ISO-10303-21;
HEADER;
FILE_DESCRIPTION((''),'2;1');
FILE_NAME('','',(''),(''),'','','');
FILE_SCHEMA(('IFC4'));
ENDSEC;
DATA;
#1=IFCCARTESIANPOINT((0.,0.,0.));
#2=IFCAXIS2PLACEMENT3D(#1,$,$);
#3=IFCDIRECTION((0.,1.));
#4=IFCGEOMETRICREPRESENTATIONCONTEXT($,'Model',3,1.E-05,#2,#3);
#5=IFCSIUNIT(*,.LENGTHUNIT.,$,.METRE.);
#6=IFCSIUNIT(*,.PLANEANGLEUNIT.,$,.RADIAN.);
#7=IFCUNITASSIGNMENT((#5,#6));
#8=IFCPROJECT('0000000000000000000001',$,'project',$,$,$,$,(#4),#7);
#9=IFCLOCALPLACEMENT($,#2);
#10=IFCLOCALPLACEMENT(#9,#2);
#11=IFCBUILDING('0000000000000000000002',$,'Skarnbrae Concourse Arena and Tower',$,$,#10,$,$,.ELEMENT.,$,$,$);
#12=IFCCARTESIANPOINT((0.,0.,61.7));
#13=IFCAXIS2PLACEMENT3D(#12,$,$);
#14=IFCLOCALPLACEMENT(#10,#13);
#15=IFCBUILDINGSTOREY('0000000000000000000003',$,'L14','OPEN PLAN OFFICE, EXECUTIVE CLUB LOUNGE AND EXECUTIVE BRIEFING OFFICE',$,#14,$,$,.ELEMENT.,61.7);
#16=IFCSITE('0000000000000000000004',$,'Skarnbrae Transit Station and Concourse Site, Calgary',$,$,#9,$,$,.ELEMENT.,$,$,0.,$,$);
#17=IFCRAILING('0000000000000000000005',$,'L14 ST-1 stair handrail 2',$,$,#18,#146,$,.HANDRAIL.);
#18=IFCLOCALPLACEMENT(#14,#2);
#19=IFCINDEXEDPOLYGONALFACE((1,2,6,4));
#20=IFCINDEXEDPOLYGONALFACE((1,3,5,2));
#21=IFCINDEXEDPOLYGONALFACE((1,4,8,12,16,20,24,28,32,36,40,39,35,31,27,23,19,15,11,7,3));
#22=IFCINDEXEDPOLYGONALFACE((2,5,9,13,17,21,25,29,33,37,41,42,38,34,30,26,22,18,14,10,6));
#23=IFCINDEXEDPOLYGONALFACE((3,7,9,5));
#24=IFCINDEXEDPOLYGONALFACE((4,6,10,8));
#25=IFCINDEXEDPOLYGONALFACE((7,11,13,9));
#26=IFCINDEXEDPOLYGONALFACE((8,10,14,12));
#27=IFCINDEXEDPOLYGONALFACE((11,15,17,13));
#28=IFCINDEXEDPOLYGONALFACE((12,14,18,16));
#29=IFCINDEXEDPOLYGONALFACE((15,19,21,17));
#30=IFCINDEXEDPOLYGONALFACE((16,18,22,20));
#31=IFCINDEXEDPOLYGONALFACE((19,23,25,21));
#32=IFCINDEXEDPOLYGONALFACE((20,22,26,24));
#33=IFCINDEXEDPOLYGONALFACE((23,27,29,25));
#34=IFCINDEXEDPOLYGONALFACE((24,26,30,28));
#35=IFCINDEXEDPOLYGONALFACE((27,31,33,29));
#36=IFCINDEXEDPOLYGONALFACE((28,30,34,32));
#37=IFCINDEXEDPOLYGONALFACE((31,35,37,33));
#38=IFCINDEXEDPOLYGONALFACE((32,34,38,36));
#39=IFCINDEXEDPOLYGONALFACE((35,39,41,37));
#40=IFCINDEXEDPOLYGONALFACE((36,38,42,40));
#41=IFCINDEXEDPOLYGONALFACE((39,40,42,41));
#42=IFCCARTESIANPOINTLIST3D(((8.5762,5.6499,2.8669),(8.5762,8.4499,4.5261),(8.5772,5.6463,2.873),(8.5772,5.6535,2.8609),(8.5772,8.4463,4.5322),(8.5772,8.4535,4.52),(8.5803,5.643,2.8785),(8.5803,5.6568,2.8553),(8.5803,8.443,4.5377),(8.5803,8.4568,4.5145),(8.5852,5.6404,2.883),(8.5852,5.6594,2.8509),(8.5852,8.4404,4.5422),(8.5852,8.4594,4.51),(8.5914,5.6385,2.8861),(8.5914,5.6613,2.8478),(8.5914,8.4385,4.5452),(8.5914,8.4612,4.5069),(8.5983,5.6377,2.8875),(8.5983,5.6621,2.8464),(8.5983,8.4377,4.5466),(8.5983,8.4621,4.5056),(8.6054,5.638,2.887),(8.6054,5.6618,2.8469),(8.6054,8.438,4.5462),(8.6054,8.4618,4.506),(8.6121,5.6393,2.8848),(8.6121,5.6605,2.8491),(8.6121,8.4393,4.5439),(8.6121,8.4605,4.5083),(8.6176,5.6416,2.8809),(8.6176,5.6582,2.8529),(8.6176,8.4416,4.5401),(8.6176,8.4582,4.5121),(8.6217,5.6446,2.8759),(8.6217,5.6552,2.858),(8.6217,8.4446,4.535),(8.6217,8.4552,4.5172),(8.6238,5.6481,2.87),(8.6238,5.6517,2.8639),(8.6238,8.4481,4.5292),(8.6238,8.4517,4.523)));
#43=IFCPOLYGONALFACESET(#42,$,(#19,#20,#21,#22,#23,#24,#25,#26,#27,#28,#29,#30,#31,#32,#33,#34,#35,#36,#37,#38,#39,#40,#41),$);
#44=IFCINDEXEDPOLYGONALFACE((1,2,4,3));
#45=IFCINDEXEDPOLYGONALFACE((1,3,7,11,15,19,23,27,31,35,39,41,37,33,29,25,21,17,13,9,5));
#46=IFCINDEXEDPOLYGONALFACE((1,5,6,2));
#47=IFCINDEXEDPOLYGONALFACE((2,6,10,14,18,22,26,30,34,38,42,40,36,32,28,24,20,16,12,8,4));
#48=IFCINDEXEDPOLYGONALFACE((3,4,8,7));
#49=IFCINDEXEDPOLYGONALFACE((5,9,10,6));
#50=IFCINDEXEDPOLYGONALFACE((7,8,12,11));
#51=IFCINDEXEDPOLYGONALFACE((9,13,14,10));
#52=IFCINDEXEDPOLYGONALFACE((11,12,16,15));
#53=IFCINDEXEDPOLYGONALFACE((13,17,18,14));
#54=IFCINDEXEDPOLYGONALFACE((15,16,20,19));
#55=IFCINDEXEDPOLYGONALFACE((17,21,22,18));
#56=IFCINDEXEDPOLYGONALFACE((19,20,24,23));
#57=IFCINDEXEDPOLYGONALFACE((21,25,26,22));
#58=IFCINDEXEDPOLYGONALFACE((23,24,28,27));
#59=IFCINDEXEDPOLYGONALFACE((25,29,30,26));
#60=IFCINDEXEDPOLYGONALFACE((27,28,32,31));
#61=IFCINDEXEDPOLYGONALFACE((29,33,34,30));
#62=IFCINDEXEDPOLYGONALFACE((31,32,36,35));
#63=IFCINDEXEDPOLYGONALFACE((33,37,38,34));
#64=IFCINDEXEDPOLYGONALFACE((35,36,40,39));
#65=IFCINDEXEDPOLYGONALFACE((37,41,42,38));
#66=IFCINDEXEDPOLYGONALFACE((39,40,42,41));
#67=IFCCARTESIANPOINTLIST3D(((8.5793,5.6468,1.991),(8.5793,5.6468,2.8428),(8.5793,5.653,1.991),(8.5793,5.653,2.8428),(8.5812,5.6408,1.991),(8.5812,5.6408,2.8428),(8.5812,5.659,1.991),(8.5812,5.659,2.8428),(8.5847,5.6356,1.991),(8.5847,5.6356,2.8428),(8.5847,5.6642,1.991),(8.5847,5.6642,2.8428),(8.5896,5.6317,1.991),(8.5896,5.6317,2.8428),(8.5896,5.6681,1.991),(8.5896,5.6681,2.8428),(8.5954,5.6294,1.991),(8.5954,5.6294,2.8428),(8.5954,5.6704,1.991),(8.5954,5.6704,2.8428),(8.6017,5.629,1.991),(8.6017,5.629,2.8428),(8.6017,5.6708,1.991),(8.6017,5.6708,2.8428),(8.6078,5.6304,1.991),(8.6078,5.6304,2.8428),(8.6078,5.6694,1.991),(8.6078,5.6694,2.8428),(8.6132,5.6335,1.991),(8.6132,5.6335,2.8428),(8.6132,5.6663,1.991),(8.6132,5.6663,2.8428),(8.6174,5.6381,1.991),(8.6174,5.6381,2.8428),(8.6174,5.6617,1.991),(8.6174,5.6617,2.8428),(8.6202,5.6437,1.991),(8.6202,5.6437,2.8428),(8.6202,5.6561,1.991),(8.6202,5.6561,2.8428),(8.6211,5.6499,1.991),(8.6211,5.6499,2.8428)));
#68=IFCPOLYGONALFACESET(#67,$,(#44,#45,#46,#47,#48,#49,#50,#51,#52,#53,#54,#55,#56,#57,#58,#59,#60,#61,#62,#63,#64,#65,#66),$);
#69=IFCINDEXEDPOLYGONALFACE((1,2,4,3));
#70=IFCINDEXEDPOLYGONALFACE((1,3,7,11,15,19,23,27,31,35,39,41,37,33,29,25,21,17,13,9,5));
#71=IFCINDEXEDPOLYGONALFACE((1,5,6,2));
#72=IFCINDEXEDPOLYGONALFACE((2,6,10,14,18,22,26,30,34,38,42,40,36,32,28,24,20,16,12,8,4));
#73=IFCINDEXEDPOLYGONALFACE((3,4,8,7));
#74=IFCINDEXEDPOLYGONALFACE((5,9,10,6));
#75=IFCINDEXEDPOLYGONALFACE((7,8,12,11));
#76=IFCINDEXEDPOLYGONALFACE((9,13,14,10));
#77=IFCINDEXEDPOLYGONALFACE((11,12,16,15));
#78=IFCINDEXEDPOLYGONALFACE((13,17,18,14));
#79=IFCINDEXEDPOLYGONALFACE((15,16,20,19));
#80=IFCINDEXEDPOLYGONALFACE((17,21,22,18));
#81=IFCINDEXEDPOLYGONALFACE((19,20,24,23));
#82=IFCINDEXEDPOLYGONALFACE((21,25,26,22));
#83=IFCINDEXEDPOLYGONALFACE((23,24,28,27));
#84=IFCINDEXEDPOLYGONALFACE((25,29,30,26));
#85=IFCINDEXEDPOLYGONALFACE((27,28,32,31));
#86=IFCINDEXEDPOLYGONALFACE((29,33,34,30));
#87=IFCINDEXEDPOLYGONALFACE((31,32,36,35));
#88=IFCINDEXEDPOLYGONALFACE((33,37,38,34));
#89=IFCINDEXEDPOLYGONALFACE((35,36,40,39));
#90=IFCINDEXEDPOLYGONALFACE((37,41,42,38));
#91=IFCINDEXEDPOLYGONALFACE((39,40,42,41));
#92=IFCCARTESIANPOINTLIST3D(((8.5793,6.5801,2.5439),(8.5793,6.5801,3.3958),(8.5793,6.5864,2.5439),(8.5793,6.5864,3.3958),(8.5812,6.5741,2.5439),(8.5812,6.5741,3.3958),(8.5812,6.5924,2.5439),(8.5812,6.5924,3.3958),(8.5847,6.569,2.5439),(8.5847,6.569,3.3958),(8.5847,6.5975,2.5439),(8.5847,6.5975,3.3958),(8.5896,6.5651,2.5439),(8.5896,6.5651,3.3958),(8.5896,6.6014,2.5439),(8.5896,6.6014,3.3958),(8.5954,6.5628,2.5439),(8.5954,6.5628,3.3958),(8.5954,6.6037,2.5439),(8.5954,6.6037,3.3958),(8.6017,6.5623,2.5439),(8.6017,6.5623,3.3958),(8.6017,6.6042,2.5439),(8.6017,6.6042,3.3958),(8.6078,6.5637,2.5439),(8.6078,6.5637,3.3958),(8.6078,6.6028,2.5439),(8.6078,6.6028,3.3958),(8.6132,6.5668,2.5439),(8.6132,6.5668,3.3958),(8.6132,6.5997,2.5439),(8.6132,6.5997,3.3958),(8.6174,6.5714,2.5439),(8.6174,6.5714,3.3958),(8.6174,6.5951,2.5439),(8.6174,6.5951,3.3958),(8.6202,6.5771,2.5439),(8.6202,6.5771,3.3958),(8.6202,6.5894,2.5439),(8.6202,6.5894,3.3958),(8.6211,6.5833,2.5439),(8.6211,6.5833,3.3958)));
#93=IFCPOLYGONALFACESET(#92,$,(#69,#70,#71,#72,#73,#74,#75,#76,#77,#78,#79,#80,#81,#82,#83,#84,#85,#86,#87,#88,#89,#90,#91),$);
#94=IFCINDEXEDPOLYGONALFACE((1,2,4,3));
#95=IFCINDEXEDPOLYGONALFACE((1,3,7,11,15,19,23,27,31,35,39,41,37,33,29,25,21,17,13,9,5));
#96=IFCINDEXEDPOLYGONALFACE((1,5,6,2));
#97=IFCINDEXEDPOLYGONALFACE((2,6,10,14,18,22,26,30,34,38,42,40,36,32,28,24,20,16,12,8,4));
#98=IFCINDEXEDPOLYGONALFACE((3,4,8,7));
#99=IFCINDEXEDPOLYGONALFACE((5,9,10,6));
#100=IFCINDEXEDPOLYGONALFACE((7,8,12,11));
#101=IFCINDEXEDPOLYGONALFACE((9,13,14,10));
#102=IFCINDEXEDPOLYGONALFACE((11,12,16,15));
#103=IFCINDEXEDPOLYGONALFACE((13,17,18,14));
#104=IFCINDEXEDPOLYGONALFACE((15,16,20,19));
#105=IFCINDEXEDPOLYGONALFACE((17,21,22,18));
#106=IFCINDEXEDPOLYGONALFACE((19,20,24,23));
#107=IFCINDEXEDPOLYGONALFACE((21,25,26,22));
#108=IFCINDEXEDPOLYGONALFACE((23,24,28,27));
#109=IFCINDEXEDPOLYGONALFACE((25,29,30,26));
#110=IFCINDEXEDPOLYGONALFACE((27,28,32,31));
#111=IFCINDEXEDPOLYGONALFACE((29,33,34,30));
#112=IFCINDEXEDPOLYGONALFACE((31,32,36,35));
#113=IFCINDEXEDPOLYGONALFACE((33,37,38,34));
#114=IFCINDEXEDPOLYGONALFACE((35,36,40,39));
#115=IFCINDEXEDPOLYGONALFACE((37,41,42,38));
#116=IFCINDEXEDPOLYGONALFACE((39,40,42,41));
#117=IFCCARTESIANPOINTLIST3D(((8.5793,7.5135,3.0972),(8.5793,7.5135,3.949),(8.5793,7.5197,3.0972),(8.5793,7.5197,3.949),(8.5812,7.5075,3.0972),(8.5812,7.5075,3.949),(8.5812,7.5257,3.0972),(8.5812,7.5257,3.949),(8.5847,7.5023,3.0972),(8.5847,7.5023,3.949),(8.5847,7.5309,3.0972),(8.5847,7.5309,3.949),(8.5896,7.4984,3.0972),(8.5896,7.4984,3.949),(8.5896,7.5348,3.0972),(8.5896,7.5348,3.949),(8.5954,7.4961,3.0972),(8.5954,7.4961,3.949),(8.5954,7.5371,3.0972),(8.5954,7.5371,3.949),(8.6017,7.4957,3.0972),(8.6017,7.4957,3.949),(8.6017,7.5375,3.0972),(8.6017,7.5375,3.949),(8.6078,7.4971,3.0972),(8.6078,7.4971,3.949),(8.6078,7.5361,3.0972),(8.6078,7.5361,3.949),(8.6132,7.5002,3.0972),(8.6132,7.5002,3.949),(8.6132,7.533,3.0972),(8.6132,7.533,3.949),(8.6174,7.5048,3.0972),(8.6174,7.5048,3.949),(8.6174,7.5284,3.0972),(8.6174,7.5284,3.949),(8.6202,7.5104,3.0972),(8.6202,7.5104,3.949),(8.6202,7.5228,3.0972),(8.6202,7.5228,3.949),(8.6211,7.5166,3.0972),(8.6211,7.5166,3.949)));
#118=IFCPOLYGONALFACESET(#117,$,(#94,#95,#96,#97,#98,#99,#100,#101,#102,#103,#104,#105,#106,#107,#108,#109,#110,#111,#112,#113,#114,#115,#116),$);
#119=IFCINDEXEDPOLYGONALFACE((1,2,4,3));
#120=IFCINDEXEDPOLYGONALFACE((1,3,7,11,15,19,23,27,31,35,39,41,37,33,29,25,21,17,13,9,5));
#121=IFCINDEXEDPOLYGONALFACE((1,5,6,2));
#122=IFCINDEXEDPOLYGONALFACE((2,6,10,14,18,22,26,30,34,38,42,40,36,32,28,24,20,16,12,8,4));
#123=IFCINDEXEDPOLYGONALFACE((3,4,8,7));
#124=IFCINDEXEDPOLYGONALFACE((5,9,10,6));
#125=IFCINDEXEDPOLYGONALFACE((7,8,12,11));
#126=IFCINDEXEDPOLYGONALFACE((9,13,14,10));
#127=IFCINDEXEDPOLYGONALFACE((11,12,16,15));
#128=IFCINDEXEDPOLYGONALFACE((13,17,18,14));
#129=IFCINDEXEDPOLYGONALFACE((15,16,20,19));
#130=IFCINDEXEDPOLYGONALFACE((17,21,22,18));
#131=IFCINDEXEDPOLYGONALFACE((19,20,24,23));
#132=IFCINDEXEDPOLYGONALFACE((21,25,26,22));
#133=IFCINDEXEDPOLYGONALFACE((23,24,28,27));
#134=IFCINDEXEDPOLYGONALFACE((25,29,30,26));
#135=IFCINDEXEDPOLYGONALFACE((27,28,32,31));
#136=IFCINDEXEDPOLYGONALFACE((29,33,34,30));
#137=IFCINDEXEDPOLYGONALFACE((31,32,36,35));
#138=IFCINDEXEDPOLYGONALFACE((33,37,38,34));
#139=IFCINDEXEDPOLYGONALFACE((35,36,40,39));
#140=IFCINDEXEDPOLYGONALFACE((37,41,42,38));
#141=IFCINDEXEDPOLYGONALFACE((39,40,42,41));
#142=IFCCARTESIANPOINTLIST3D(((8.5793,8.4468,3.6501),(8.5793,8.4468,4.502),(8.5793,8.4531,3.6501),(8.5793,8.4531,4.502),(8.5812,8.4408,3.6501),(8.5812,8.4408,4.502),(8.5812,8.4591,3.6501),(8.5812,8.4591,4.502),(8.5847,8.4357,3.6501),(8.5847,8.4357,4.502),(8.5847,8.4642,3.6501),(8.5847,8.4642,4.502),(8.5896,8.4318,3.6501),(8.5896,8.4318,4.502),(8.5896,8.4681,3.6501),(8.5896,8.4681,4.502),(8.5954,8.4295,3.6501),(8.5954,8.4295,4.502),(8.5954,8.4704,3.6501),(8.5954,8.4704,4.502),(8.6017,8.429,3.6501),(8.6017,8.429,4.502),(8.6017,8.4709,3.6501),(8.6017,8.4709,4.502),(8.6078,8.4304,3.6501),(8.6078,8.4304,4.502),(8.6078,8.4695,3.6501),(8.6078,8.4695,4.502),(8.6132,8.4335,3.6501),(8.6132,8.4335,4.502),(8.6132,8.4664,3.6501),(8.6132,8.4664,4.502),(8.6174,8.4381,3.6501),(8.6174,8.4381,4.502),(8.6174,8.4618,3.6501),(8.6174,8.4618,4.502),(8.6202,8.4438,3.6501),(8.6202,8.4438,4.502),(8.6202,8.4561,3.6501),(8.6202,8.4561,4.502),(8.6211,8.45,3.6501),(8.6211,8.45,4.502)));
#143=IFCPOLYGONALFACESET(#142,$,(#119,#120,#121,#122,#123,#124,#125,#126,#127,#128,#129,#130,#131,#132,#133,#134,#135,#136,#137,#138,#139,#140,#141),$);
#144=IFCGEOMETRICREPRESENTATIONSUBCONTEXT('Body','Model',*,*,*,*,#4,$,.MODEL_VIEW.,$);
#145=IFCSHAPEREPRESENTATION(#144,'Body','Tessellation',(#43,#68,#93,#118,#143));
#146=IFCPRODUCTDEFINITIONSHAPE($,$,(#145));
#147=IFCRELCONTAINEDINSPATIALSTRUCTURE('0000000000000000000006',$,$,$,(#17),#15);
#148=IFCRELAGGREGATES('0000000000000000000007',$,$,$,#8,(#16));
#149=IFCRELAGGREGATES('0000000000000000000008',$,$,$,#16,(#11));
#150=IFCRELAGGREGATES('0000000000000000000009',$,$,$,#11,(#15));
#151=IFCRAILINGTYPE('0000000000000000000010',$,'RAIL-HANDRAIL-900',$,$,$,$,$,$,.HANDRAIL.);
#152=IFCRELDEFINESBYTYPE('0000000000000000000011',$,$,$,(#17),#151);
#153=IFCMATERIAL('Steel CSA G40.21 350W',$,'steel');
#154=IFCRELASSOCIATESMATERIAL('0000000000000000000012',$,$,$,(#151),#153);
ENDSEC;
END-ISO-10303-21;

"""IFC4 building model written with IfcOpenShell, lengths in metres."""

from ifc_helpers import new_model, si_unit, direction, frame, origin, origin_2d, place, context, subcontext, project, spatial, circle, extrude, material, type_object, element, save


model = new_model("IFC4")

# Units and contexts
model_context = context("Model", 3, precision=1e-05, world=origin(), true_north=direction((0.0, 1.0)))
body_context = subcontext(model_context, "Body", "Model", "MODEL_VIEW")
ifc_project = project(units=[si_unit("LENGTHUNIT", "METRE"), si_unit("PLANEANGLEUNIT", "RADIAN")], contexts=[model_context])

# Site, building, storey
site_placement = place(None, origin())
site = spatial("IfcSite", under=ifc_project, at=site_placement, Name="Skarnbrae Transit Station and Concourse Site, Calgary", CompositionType="ELEMENT", RefElevation=0.0)
building_placement = place(site_placement, origin())
building = spatial("IfcBuilding", under=site, at=building_placement, Name="Skarnbrae Concourse Arena and Tower", CompositionType="ELEMENT")
storey_placement = place(building_placement, frame((0.0, 0.0, 61.7)))
storey = spatial("IfcBuildingStorey", under=building, at=storey_placement, Name="L14", Description="OPEN PLAN OFFICE, EXECUTIVE CLUB LOUNGE AND EXECUTIVE BRIEFING OFFICE", CompositionType="ELEMENT", Elevation=61.7)

# Shared definitions
ifc_material_1 = material(Name="Steel CSA G40.21 350W", Category="steel")

# Railing
railing_type_1 = type_object("IfcRailingType", Name="RAIL-HANDRAIL-900", PredefinedType="HANDRAIL", material=ifc_material_1)
railing_1_placement = place(storey_placement, frame((8.6001, 5.6499, 1.991)))
element("IfcRailing", 1, at=railing_1_placement, inside=storey, type_object=railing_type_1, Name="L14 ST-1 stair handrail 2", PredefinedType="HANDRAIL", context=body_context, shape_type="SweptSolid", body=[
    extrude(circle(Radius=0.0239, at=origin_2d()), frame((0.0, 0.0, 0.876), z_axis=(0.0, 0.860306, 0.509778), x_axis=(-1.0, 0.0, 0.0)), (0.0, 0.0, 1.0), 3.2546),
    extrude(circle(Radius=0.021, at=origin_2d()), origin(), (0.0, 0.0, 1.0), 0.8518),
    extrude(circle(Radius=0.021, at=origin_2d()), frame((0.0, 0.9333, 0.553)), (0.0, 0.0, 1.0), 0.8518),
    extrude(circle(Radius=0.021, at=origin_2d()), frame((0.0, 1.8667, 1.1062)), (0.0, 0.0, 1.0), 0.8518),
    extrude(circle(Radius=0.021, at=origin_2d()), frame((0.0, 2.8, 1.6592)), (0.0, 0.0, 1.0), 0.8518),
])

save(model, "model.ifc")
